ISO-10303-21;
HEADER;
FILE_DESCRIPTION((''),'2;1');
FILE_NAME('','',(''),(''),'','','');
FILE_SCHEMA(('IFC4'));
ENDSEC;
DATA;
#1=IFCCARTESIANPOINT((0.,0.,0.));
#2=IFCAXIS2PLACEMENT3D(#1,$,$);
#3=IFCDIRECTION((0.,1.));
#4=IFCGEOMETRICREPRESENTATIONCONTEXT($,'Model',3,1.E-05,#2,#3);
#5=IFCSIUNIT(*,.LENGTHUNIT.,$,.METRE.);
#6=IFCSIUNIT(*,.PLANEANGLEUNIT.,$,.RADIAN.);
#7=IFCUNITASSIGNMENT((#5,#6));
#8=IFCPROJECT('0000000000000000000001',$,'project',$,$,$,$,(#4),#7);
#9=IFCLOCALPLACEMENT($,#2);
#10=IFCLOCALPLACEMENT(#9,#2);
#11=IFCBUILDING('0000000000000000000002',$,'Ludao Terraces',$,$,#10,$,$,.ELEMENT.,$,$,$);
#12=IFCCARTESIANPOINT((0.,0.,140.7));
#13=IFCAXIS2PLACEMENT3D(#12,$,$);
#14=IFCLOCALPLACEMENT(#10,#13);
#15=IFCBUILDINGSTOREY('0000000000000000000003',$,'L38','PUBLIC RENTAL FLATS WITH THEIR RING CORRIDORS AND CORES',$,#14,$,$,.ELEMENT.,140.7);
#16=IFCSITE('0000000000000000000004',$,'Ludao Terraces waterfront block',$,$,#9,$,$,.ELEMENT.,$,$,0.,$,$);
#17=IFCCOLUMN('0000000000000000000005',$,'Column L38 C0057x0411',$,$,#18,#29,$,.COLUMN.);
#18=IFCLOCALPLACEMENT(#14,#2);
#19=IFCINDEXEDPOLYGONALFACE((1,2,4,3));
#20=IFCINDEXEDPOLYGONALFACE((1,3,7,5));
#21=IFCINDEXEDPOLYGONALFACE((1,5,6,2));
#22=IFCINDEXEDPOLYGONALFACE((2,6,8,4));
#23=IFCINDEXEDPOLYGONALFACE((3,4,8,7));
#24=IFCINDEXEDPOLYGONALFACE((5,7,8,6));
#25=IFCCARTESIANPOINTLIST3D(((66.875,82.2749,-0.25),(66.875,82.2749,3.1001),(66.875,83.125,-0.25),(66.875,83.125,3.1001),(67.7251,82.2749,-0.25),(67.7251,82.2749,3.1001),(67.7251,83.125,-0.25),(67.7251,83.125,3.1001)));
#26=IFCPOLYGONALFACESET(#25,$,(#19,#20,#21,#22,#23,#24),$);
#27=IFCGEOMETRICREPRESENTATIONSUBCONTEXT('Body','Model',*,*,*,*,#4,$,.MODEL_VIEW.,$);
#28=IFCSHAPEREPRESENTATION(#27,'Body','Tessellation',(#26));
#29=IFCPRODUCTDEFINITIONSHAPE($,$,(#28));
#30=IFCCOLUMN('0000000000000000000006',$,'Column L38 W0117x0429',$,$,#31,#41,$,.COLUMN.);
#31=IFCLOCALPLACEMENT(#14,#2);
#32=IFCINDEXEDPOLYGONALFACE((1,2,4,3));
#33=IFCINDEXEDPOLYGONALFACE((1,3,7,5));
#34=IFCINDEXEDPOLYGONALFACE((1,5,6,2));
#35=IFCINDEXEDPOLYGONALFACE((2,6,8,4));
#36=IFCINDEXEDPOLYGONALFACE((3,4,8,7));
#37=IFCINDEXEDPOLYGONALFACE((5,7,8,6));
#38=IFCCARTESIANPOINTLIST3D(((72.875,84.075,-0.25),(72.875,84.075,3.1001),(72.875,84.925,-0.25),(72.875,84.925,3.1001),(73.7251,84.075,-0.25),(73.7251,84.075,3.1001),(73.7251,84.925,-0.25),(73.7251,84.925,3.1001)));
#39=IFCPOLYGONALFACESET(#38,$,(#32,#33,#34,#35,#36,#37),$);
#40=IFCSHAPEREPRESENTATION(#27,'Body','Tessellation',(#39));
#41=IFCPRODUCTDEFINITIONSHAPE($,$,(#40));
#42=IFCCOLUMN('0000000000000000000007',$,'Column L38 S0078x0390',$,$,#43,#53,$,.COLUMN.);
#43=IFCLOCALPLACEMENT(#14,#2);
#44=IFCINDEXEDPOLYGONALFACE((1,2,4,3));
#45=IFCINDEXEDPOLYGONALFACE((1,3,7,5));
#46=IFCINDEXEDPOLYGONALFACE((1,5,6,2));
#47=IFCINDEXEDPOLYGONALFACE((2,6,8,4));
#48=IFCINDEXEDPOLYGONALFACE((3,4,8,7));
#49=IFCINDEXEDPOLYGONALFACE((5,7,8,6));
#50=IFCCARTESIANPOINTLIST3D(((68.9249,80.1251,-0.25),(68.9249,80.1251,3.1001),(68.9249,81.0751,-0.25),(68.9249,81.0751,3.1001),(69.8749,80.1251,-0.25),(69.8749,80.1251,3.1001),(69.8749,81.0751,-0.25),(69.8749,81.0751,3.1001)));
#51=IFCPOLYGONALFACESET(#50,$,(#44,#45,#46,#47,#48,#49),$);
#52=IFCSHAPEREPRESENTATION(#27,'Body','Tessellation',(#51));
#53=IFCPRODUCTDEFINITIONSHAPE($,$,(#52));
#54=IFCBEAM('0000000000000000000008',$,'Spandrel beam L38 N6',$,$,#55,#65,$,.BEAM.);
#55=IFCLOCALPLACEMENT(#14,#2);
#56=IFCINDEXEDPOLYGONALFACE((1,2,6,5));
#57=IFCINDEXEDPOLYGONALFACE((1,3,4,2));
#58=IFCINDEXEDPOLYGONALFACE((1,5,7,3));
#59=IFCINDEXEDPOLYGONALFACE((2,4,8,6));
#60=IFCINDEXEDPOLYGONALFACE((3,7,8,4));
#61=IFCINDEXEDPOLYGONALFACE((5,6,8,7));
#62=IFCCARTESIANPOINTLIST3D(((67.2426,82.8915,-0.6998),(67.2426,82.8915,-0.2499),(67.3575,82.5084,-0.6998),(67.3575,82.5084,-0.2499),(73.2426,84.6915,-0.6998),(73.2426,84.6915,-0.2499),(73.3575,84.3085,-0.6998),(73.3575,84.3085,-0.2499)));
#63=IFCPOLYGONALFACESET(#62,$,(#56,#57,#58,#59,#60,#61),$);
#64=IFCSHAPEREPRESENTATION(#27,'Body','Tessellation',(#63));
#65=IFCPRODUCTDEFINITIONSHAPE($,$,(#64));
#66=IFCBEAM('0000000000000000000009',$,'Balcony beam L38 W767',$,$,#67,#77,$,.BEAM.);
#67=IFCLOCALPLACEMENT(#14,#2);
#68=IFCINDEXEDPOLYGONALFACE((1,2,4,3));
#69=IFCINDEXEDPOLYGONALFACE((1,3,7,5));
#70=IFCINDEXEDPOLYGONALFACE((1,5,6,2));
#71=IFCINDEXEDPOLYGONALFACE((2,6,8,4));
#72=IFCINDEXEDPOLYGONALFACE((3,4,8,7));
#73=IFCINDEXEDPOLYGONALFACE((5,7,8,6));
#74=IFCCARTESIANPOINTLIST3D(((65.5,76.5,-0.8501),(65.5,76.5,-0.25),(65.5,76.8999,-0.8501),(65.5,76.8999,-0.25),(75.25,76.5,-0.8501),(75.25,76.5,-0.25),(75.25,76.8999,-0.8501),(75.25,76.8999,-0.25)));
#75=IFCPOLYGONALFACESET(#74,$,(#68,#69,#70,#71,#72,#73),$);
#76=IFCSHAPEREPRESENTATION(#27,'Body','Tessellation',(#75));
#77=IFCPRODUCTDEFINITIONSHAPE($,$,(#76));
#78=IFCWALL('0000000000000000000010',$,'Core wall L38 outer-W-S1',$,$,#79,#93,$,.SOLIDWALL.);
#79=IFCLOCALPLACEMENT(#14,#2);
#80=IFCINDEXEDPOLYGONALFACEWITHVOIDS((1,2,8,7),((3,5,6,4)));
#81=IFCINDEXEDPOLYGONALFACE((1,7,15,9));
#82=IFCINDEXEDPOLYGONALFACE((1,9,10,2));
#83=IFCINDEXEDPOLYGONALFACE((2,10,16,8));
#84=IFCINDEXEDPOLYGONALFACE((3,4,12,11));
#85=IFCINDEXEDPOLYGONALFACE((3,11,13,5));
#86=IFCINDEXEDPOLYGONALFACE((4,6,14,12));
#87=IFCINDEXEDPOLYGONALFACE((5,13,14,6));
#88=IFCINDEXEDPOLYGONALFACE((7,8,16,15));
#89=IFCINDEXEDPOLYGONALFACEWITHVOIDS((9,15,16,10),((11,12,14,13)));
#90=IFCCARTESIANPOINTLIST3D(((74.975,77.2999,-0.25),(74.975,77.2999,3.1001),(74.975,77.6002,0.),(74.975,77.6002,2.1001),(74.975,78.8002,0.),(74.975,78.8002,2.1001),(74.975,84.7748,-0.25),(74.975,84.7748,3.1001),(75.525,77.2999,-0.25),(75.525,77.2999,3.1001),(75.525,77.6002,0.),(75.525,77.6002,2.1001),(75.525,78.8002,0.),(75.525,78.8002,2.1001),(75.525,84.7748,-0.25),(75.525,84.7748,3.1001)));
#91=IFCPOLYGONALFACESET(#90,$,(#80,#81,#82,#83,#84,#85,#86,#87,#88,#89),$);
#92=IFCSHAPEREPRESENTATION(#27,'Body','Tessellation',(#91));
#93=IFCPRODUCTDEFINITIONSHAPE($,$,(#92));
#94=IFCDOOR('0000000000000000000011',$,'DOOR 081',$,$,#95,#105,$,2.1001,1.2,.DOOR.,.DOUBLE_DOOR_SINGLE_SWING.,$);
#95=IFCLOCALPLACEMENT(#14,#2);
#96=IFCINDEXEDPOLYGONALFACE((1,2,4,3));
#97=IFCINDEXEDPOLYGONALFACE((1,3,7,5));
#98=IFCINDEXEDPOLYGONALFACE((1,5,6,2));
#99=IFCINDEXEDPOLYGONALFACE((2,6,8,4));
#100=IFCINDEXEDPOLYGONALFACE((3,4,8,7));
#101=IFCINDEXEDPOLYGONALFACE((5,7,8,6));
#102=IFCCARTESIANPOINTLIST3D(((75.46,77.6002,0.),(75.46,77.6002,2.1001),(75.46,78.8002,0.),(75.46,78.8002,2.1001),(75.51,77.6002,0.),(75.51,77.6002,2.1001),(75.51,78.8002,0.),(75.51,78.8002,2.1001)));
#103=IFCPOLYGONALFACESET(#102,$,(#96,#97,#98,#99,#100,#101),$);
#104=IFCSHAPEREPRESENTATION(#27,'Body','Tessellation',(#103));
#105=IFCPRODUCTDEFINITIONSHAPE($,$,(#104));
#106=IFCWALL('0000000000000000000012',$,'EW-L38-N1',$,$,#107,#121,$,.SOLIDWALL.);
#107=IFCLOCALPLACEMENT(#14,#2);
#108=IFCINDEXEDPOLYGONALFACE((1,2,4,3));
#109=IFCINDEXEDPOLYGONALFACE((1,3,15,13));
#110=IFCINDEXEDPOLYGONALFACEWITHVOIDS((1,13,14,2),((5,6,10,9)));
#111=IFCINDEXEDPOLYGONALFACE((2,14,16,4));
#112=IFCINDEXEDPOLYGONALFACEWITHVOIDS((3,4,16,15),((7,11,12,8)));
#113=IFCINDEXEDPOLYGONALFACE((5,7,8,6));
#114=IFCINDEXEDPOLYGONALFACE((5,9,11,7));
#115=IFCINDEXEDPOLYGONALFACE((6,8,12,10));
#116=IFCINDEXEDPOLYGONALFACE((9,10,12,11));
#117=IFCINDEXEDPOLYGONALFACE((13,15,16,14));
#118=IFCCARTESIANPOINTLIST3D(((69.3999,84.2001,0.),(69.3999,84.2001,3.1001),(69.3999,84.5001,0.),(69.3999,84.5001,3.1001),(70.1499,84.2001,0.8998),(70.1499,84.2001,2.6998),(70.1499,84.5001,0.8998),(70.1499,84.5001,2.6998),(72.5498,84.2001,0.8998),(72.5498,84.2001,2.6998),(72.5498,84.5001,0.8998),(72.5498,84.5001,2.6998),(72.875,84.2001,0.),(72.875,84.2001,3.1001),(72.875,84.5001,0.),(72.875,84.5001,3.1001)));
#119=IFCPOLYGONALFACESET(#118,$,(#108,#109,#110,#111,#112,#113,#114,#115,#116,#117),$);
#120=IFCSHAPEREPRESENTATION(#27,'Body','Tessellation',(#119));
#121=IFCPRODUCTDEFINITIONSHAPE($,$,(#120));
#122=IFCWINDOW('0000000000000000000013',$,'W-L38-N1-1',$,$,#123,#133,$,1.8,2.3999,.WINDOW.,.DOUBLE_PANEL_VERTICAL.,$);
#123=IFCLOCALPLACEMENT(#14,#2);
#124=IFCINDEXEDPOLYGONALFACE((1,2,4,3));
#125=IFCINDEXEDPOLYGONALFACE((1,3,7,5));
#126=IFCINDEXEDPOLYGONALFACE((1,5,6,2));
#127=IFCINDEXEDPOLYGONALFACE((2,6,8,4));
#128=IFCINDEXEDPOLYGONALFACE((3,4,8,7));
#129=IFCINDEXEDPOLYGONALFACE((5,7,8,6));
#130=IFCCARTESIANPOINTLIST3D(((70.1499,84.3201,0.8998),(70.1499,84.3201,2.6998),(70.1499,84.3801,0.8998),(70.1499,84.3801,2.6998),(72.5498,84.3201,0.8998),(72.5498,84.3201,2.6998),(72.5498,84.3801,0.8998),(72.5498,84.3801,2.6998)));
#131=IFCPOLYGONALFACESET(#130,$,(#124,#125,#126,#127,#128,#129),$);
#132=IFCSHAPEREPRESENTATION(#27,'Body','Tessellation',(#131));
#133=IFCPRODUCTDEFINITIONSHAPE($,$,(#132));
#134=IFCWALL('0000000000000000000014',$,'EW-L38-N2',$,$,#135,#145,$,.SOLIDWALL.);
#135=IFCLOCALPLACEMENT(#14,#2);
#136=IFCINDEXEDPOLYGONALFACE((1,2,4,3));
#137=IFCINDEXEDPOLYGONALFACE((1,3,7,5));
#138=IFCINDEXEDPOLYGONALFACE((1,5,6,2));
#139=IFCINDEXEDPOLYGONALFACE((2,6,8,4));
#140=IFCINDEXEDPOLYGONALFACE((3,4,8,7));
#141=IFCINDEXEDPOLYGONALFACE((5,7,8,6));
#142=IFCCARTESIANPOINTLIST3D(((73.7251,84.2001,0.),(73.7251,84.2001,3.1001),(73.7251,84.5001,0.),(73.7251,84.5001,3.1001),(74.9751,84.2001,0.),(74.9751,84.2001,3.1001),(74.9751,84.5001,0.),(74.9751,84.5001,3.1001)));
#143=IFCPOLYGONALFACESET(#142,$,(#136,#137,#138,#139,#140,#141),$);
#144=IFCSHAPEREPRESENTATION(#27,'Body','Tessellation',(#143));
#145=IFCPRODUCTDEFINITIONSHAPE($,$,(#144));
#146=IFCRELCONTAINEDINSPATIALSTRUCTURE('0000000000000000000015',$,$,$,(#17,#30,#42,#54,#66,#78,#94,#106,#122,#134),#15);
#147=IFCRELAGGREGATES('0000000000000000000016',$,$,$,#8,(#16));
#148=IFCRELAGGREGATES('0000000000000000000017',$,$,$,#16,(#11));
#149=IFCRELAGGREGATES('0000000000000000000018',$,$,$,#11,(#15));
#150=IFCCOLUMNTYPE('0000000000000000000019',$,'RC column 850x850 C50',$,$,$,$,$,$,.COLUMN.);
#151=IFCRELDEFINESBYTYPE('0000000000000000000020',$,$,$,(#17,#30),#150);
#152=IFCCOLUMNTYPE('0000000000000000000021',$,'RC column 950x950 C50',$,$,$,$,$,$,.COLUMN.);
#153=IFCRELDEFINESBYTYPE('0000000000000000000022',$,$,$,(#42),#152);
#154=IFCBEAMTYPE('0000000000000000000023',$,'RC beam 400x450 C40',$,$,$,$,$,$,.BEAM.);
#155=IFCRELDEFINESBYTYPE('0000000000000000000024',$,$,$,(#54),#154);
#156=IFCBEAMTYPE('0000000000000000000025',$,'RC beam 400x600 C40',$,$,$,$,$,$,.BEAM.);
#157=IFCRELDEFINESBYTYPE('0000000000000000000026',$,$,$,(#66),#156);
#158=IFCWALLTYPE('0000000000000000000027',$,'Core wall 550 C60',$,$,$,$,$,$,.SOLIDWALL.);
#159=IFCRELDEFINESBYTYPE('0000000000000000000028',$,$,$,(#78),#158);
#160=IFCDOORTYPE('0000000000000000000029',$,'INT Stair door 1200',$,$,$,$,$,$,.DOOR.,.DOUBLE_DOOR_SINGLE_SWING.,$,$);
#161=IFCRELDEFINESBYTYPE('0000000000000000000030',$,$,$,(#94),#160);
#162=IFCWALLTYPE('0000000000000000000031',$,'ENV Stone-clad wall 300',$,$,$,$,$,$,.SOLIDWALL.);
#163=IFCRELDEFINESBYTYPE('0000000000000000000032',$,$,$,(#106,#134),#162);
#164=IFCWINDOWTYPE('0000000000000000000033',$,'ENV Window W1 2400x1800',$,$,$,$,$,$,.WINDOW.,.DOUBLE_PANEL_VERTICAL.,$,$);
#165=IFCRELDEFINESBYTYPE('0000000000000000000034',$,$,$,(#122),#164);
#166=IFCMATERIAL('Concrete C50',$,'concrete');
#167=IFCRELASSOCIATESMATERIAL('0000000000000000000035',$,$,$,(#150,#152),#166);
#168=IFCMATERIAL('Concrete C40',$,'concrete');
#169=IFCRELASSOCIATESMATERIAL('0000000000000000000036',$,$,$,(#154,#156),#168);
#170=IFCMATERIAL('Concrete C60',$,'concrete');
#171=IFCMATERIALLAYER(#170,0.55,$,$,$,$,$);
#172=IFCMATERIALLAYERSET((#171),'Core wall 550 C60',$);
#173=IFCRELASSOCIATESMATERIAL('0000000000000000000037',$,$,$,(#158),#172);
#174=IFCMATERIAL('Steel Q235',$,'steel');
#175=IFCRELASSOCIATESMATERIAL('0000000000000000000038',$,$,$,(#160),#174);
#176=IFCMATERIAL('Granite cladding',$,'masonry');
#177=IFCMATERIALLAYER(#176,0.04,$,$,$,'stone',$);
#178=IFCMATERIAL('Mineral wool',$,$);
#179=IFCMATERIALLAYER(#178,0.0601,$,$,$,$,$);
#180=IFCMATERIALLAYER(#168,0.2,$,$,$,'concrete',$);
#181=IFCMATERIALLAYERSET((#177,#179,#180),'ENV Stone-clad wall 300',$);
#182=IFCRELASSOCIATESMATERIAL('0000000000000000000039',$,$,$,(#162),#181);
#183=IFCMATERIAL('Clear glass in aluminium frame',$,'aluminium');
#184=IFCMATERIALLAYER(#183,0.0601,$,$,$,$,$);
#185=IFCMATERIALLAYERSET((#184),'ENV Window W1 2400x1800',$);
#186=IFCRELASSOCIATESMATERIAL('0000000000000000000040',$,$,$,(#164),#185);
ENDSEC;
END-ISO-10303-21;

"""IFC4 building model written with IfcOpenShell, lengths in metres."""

from ifc_helpers import new_model, si_unit, direction, frame, frame_2d, origin, origin_2d, place, context, subcontext, project, spatial, rectangle, extrude, material, layer, layer_set, material_profile, profile_set, type_object, element, fill, save


model = new_model("IFC4")

# Units and contexts
model_context = context("Model", 3, precision=1e-05, world=origin(), true_north=direction((0.0, 1.0)))
body_context = subcontext(model_context, "Body", "Model", "MODEL_VIEW")
ifc_project = project(units=[si_unit("LENGTHUNIT", "METRE"), si_unit("PLANEANGLEUNIT", "RADIAN")], contexts=[model_context])

# Site, building, storey
site_placement = place(None, origin())
site = spatial("IfcSite", under=ifc_project, at=site_placement, Name="Ludao Terraces waterfront block", CompositionType="ELEMENT", RefElevation=0.0)
building_placement = place(site_placement, origin())
building = spatial("IfcBuilding", under=site, at=building_placement, Name="Ludao Terraces", CompositionType="ELEMENT")
storey_placement = place(building_placement, frame((0.0, 0.0, 140.7)))
storey = spatial("IfcBuildingStorey", under=building, at=storey_placement, Name="L38", Description="PUBLIC RENTAL FLATS WITH THEIR RING CORRIDORS AND CORES", CompositionType="ELEMENT", Elevation=140.7)

# Columns
ifc_material_1 = material(Name="Concrete C50", Category="concrete")
ifc_material_profile_1 = material_profile(ifc_material_1, rectangle(XDim=0.8501, YDim=0.8501, at=origin_2d()), Name="850 X 850")
ifc_profile_set_1 = profile_set([ifc_material_profile_1], Name="Concrete C50")
column_type_1 = type_object("IfcColumnType", Name="RC column 850x850 C50", PredefinedType="COLUMN", material=ifc_profile_set_1)
for number, where, z_axis, x_axis, name in (
    (1, (67.3, 82.7, -0.25), (0.0, 0.0, 1.0), (1.0, 0.0, 0.0), "Column L38 C0057x0411"),
    (2, (73.3, 84.5, -0.25), (0.0, 0.0, 1.0), (1.0, 0.0, 0.0), "Column L38 W0117x0429"),
):
    element("IfcColumn", number, at=place(storey_placement, frame(where, z_axis=z_axis, x_axis=x_axis)), inside=storey, type_object=column_type_1, Name=name, PredefinedType="COLUMN", context=body_context, shape_type="SweptSolid", body=[
        extrude(rectangle(XDim=0.8501, YDim=0.8501, at=origin_2d()), origin(), (0.0, 0.0, 1.0), 3.3501),
    ])
ifc_material_profile_2 = material_profile(ifc_material_1, rectangle(XDim=0.95, YDim=0.95, at=origin_2d()), Name="950 X 950")
ifc_profile_set_2 = profile_set([ifc_material_profile_2], Name="Concrete C50")
column_type_2 = type_object("IfcColumnType", Name="RC column 950x950 C50", PredefinedType="COLUMN", material=ifc_profile_set_2)
column_placement = place(storey_placement, frame((69.3999, 80.6001, -0.25), z_axis=(0.0, 0.0, 1.0), x_axis=(1.0, 0.0, 0.0)))
element("IfcColumn", 3, at=column_placement, inside=storey, type_object=column_type_2, Name="Column L38 S0078x0390", PredefinedType="COLUMN", context=body_context, shape_type="SweptSolid", body=[
    extrude(rectangle(XDim=0.95, YDim=0.95, at=origin_2d()), origin(), (0.0, 0.0, 1.0), 3.3501),
])

# Beams
ifc_material_2 = material(Name="Concrete C40", Category="concrete")
ifc_material_profile_3 = material_profile(ifc_material_2, rectangle(XDim=0.3999, YDim=0.45, at=origin_2d()), Name="400 X 450")
ifc_profile_set_3 = profile_set([ifc_material_profile_3], Name="Concrete C40")
beam_type_1 = type_object("IfcBeamType", Name="RC beam 400x450 C40", PredefinedType="BEAM", material=ifc_profile_set_3)
beam_1_placement = place(storey_placement, frame((67.3, 82.7, -0.4749), z_axis=(0.957824, 0.287355, 0.0), x_axis=(-0.287355, 0.957824, 0.0)))
element("IfcBeam", 4, at=beam_1_placement, inside=storey, type_object=beam_type_1, Name="Spandrel beam L38 N6", PredefinedType="BEAM", context=body_context, shape_type="SweptSolid", body=[
    extrude(rectangle(XDim=0.3999, YDim=0.45, at=origin_2d()), origin(), (0.0, 0.0, 1.0), 6.2642),
])
ifc_material_profile_4 = material_profile(ifc_material_2, rectangle(XDim=0.3999, YDim=0.6001, at=origin_2d()), Name="400 X 600")
ifc_profile_set_4 = profile_set([ifc_material_profile_4], Name="Concrete C40")
beam_type_2 = type_object("IfcBeamType", Name="RC beam 400x600 C40", PredefinedType="BEAM", material=ifc_profile_set_4)
beam_2_placement = place(storey_placement, frame((75.25, 76.7, -0.55), z_axis=(-1.0, 0.0, 0.0), x_axis=(0.0, -1.0, 0.0)))
element("IfcBeam", 5, at=beam_2_placement, inside=storey, type_object=beam_type_2, Name="Balcony beam L38 W767", PredefinedType="BEAM", context=body_context, shape_type="SweptSolid", body=[
    extrude(rectangle(XDim=0.3999, YDim=0.6001, at=origin_2d()), origin(), (0.0, 0.0, 1.0), 9.75),
])

# Wall, opening, door
ifc_material_3 = material(Name="Concrete C60", Category="concrete")
ifc_layer_1 = layer(ifc_material_3, 0.55)
ifc_layer_set_1 = layer_set([ifc_layer_1], Name="Core wall 550 C60")
wall_type_1 = type_object("IfcWallType", Name="Core wall 550 C60", PredefinedType="SOLIDWALL", material=ifc_layer_set_1)
wall_1_placement = place(storey_placement, frame((75.25, 77.3, -0.25), z_axis=(0.0, 0.0, 1.0), x_axis=(0.0, 1.0, 0.0)))
wall_1 = element("IfcWall", 6, at=wall_1_placement, inside=storey, type_object=wall_type_1, Name="Core wall L38 outer-W-S1", PredefinedType="SOLIDWALL", context=body_context, shape_type="SweptSolid", body=[
    extrude(rectangle(XDim=7.4749, YDim=0.55, at=frame_2d((3.7373, 0.0))), origin(), (0.0, 0.0, 1.0), 3.3501),
])
opening_1_placement = place(wall_1_placement, frame((0.3, 0.0, 0.25)))
opening_1 = element("IfcOpeningElement", 7, at=opening_1_placement, cuts=wall_1, PredefinedType="OPENING", context=body_context, shape_type="SweptSolid", body=[
    extrude(rectangle(XDim=1.2, YDim=2.1001, at=frame_2d((0.6001, 1.05))), frame((0.0, 0.2852, 0.0), z_axis=(0.0, -1.0, 0.0), x_axis=(1.0, 0.0, 0.0)), (0.0, 0.0, 1.0), 0.5701),
])
ifc_material_4 = material(Name="Steel Q235", Category="steel")
door_type_1 = type_object("IfcDoorType", Name="INT Stair door 1200", OperationType="DOUBLE_DOOR_SINGLE_SWING", PredefinedType="DOOR", material=ifc_material_4)
door_1_placement = place(opening_1_placement, origin())
door_1 = element("IfcDoor", 8, at=door_1_placement, inside=storey, type_object=door_type_1, Name="DOOR 081", OperationType="DOUBLE_DOOR_SINGLE_SWING", OverallHeight=2.1001, OverallWidth=1.2, PredefinedType="DOOR", context=body_context, shape_type="SweptSolid", body=[
    extrude(rectangle(XDim=1.2, YDim=2.1001, at=frame_2d((0.6001, 1.05))), frame((0.0, -0.21, 0.0), z_axis=(0.0, -1.0, 0.0), x_axis=(1.0, 0.0, 0.0)), (0.0, 0.0, 1.0), 0.05),
])
fill(opening_1, door_1)

# Wall, opening, window
ifc_material_5 = material(Name="Granite cladding", Category="masonry")
ifc_layer_2 = layer(ifc_material_5, 0.04, Category="stone")
ifc_material_6 = material(Name="Mineral wool")
ifc_layer_3 = layer(ifc_material_6, 0.0601)
ifc_layer_4 = layer(ifc_material_2, 0.2, Category="concrete")
ifc_layer_set_2 = layer_set([ifc_layer_2, ifc_layer_3, ifc_layer_4], Name="ENV Stone-clad wall 300")
wall_type_2 = type_object("IfcWallType", Name="ENV Stone-clad wall 300", PredefinedType="SOLIDWALL", material=ifc_layer_set_2)
wall_2_placement = place(storey_placement, frame((69.3999, 84.3501, 0.0), z_axis=(0.0, 0.0, 1.0), x_axis=(1.0, 0.0, 0.0)))
wall_2 = element("IfcWall", 9, at=wall_2_placement, inside=storey, type_object=wall_type_2, Name="EW-L38-N1", PredefinedType="SOLIDWALL", context=body_context, shape_type="SweptSolid", body=[
    extrude(rectangle(XDim=3.4751, YDim=0.3, at=frame_2d((1.7375, 0.0))), origin(), (0.0, 0.0, 1.0), 3.1001),
])
opening_2_placement = place(wall_2_placement, frame((0.75, 0.0, 0.8999)))
opening_2 = element("IfcOpeningElement", 10, at=opening_2_placement, cuts=wall_2, PredefinedType="OPENING", context=body_context, shape_type="SweptSolid", body=[
    extrude(rectangle(XDim=2.3999, YDim=1.8, at=frame_2d((1.2, 0.8999))), frame((0.0, 0.1602, 0.0), z_axis=(0.0, -1.0, 0.0), x_axis=(1.0, 0.0, 0.0)), (0.0, 0.0, 1.0), 0.3201),
])
ifc_material_7 = material(Name="Clear glass in aluminium frame", Category="aluminium")
ifc_layer_5 = layer(ifc_material_7, 0.0601)
ifc_layer_set_3 = layer_set([ifc_layer_5], Name="ENV Window W1 2400x1800")
window_type_1 = type_object("IfcWindowType", Name="ENV Window W1 2400x1800", PartitioningType="DOUBLE_PANEL_VERTICAL", PredefinedType="WINDOW", material=ifc_layer_set_3)
window_1_placement = place(opening_2_placement, origin())
window_1 = element("IfcWindow", 11, at=window_1_placement, inside=storey, type_object=window_type_1, Name="W-L38-N1-1", OverallHeight=1.8, OverallWidth=2.3999, PartitioningType="DOUBLE_PANEL_VERTICAL", PredefinedType="WINDOW", context=body_context, shape_type="SweptSolid", body=[
    extrude(rectangle(XDim=2.3999, YDim=1.8, at=frame_2d((1.2, 0.8999))), frame((0.0, 0.03, 0.0), z_axis=(0.0, -1.0, 0.0), x_axis=(1.0, 0.0, 0.0)), (0.0, 0.0, 1.0), 0.0601),
])
fill(opening_2, window_1)

# Wall
wall_3_placement = place(storey_placement, frame((73.7251, 84.3501, 0.0), z_axis=(0.0, 0.0, 1.0), x_axis=(1.0, 0.0, 0.0)))
element("IfcWall", 12, at=wall_3_placement, inside=storey, type_object=wall_type_2, Name="EW-L38-N2", PredefinedType="SOLIDWALL", context=body_context, shape_type="SweptSolid", body=[
    extrude(rectangle(XDim=1.25, YDim=0.3, at=frame_2d((0.625, 0.0))), origin(), (0.0, 0.0, 1.0), 3.1001),
])

save(model, "model.ifc")
